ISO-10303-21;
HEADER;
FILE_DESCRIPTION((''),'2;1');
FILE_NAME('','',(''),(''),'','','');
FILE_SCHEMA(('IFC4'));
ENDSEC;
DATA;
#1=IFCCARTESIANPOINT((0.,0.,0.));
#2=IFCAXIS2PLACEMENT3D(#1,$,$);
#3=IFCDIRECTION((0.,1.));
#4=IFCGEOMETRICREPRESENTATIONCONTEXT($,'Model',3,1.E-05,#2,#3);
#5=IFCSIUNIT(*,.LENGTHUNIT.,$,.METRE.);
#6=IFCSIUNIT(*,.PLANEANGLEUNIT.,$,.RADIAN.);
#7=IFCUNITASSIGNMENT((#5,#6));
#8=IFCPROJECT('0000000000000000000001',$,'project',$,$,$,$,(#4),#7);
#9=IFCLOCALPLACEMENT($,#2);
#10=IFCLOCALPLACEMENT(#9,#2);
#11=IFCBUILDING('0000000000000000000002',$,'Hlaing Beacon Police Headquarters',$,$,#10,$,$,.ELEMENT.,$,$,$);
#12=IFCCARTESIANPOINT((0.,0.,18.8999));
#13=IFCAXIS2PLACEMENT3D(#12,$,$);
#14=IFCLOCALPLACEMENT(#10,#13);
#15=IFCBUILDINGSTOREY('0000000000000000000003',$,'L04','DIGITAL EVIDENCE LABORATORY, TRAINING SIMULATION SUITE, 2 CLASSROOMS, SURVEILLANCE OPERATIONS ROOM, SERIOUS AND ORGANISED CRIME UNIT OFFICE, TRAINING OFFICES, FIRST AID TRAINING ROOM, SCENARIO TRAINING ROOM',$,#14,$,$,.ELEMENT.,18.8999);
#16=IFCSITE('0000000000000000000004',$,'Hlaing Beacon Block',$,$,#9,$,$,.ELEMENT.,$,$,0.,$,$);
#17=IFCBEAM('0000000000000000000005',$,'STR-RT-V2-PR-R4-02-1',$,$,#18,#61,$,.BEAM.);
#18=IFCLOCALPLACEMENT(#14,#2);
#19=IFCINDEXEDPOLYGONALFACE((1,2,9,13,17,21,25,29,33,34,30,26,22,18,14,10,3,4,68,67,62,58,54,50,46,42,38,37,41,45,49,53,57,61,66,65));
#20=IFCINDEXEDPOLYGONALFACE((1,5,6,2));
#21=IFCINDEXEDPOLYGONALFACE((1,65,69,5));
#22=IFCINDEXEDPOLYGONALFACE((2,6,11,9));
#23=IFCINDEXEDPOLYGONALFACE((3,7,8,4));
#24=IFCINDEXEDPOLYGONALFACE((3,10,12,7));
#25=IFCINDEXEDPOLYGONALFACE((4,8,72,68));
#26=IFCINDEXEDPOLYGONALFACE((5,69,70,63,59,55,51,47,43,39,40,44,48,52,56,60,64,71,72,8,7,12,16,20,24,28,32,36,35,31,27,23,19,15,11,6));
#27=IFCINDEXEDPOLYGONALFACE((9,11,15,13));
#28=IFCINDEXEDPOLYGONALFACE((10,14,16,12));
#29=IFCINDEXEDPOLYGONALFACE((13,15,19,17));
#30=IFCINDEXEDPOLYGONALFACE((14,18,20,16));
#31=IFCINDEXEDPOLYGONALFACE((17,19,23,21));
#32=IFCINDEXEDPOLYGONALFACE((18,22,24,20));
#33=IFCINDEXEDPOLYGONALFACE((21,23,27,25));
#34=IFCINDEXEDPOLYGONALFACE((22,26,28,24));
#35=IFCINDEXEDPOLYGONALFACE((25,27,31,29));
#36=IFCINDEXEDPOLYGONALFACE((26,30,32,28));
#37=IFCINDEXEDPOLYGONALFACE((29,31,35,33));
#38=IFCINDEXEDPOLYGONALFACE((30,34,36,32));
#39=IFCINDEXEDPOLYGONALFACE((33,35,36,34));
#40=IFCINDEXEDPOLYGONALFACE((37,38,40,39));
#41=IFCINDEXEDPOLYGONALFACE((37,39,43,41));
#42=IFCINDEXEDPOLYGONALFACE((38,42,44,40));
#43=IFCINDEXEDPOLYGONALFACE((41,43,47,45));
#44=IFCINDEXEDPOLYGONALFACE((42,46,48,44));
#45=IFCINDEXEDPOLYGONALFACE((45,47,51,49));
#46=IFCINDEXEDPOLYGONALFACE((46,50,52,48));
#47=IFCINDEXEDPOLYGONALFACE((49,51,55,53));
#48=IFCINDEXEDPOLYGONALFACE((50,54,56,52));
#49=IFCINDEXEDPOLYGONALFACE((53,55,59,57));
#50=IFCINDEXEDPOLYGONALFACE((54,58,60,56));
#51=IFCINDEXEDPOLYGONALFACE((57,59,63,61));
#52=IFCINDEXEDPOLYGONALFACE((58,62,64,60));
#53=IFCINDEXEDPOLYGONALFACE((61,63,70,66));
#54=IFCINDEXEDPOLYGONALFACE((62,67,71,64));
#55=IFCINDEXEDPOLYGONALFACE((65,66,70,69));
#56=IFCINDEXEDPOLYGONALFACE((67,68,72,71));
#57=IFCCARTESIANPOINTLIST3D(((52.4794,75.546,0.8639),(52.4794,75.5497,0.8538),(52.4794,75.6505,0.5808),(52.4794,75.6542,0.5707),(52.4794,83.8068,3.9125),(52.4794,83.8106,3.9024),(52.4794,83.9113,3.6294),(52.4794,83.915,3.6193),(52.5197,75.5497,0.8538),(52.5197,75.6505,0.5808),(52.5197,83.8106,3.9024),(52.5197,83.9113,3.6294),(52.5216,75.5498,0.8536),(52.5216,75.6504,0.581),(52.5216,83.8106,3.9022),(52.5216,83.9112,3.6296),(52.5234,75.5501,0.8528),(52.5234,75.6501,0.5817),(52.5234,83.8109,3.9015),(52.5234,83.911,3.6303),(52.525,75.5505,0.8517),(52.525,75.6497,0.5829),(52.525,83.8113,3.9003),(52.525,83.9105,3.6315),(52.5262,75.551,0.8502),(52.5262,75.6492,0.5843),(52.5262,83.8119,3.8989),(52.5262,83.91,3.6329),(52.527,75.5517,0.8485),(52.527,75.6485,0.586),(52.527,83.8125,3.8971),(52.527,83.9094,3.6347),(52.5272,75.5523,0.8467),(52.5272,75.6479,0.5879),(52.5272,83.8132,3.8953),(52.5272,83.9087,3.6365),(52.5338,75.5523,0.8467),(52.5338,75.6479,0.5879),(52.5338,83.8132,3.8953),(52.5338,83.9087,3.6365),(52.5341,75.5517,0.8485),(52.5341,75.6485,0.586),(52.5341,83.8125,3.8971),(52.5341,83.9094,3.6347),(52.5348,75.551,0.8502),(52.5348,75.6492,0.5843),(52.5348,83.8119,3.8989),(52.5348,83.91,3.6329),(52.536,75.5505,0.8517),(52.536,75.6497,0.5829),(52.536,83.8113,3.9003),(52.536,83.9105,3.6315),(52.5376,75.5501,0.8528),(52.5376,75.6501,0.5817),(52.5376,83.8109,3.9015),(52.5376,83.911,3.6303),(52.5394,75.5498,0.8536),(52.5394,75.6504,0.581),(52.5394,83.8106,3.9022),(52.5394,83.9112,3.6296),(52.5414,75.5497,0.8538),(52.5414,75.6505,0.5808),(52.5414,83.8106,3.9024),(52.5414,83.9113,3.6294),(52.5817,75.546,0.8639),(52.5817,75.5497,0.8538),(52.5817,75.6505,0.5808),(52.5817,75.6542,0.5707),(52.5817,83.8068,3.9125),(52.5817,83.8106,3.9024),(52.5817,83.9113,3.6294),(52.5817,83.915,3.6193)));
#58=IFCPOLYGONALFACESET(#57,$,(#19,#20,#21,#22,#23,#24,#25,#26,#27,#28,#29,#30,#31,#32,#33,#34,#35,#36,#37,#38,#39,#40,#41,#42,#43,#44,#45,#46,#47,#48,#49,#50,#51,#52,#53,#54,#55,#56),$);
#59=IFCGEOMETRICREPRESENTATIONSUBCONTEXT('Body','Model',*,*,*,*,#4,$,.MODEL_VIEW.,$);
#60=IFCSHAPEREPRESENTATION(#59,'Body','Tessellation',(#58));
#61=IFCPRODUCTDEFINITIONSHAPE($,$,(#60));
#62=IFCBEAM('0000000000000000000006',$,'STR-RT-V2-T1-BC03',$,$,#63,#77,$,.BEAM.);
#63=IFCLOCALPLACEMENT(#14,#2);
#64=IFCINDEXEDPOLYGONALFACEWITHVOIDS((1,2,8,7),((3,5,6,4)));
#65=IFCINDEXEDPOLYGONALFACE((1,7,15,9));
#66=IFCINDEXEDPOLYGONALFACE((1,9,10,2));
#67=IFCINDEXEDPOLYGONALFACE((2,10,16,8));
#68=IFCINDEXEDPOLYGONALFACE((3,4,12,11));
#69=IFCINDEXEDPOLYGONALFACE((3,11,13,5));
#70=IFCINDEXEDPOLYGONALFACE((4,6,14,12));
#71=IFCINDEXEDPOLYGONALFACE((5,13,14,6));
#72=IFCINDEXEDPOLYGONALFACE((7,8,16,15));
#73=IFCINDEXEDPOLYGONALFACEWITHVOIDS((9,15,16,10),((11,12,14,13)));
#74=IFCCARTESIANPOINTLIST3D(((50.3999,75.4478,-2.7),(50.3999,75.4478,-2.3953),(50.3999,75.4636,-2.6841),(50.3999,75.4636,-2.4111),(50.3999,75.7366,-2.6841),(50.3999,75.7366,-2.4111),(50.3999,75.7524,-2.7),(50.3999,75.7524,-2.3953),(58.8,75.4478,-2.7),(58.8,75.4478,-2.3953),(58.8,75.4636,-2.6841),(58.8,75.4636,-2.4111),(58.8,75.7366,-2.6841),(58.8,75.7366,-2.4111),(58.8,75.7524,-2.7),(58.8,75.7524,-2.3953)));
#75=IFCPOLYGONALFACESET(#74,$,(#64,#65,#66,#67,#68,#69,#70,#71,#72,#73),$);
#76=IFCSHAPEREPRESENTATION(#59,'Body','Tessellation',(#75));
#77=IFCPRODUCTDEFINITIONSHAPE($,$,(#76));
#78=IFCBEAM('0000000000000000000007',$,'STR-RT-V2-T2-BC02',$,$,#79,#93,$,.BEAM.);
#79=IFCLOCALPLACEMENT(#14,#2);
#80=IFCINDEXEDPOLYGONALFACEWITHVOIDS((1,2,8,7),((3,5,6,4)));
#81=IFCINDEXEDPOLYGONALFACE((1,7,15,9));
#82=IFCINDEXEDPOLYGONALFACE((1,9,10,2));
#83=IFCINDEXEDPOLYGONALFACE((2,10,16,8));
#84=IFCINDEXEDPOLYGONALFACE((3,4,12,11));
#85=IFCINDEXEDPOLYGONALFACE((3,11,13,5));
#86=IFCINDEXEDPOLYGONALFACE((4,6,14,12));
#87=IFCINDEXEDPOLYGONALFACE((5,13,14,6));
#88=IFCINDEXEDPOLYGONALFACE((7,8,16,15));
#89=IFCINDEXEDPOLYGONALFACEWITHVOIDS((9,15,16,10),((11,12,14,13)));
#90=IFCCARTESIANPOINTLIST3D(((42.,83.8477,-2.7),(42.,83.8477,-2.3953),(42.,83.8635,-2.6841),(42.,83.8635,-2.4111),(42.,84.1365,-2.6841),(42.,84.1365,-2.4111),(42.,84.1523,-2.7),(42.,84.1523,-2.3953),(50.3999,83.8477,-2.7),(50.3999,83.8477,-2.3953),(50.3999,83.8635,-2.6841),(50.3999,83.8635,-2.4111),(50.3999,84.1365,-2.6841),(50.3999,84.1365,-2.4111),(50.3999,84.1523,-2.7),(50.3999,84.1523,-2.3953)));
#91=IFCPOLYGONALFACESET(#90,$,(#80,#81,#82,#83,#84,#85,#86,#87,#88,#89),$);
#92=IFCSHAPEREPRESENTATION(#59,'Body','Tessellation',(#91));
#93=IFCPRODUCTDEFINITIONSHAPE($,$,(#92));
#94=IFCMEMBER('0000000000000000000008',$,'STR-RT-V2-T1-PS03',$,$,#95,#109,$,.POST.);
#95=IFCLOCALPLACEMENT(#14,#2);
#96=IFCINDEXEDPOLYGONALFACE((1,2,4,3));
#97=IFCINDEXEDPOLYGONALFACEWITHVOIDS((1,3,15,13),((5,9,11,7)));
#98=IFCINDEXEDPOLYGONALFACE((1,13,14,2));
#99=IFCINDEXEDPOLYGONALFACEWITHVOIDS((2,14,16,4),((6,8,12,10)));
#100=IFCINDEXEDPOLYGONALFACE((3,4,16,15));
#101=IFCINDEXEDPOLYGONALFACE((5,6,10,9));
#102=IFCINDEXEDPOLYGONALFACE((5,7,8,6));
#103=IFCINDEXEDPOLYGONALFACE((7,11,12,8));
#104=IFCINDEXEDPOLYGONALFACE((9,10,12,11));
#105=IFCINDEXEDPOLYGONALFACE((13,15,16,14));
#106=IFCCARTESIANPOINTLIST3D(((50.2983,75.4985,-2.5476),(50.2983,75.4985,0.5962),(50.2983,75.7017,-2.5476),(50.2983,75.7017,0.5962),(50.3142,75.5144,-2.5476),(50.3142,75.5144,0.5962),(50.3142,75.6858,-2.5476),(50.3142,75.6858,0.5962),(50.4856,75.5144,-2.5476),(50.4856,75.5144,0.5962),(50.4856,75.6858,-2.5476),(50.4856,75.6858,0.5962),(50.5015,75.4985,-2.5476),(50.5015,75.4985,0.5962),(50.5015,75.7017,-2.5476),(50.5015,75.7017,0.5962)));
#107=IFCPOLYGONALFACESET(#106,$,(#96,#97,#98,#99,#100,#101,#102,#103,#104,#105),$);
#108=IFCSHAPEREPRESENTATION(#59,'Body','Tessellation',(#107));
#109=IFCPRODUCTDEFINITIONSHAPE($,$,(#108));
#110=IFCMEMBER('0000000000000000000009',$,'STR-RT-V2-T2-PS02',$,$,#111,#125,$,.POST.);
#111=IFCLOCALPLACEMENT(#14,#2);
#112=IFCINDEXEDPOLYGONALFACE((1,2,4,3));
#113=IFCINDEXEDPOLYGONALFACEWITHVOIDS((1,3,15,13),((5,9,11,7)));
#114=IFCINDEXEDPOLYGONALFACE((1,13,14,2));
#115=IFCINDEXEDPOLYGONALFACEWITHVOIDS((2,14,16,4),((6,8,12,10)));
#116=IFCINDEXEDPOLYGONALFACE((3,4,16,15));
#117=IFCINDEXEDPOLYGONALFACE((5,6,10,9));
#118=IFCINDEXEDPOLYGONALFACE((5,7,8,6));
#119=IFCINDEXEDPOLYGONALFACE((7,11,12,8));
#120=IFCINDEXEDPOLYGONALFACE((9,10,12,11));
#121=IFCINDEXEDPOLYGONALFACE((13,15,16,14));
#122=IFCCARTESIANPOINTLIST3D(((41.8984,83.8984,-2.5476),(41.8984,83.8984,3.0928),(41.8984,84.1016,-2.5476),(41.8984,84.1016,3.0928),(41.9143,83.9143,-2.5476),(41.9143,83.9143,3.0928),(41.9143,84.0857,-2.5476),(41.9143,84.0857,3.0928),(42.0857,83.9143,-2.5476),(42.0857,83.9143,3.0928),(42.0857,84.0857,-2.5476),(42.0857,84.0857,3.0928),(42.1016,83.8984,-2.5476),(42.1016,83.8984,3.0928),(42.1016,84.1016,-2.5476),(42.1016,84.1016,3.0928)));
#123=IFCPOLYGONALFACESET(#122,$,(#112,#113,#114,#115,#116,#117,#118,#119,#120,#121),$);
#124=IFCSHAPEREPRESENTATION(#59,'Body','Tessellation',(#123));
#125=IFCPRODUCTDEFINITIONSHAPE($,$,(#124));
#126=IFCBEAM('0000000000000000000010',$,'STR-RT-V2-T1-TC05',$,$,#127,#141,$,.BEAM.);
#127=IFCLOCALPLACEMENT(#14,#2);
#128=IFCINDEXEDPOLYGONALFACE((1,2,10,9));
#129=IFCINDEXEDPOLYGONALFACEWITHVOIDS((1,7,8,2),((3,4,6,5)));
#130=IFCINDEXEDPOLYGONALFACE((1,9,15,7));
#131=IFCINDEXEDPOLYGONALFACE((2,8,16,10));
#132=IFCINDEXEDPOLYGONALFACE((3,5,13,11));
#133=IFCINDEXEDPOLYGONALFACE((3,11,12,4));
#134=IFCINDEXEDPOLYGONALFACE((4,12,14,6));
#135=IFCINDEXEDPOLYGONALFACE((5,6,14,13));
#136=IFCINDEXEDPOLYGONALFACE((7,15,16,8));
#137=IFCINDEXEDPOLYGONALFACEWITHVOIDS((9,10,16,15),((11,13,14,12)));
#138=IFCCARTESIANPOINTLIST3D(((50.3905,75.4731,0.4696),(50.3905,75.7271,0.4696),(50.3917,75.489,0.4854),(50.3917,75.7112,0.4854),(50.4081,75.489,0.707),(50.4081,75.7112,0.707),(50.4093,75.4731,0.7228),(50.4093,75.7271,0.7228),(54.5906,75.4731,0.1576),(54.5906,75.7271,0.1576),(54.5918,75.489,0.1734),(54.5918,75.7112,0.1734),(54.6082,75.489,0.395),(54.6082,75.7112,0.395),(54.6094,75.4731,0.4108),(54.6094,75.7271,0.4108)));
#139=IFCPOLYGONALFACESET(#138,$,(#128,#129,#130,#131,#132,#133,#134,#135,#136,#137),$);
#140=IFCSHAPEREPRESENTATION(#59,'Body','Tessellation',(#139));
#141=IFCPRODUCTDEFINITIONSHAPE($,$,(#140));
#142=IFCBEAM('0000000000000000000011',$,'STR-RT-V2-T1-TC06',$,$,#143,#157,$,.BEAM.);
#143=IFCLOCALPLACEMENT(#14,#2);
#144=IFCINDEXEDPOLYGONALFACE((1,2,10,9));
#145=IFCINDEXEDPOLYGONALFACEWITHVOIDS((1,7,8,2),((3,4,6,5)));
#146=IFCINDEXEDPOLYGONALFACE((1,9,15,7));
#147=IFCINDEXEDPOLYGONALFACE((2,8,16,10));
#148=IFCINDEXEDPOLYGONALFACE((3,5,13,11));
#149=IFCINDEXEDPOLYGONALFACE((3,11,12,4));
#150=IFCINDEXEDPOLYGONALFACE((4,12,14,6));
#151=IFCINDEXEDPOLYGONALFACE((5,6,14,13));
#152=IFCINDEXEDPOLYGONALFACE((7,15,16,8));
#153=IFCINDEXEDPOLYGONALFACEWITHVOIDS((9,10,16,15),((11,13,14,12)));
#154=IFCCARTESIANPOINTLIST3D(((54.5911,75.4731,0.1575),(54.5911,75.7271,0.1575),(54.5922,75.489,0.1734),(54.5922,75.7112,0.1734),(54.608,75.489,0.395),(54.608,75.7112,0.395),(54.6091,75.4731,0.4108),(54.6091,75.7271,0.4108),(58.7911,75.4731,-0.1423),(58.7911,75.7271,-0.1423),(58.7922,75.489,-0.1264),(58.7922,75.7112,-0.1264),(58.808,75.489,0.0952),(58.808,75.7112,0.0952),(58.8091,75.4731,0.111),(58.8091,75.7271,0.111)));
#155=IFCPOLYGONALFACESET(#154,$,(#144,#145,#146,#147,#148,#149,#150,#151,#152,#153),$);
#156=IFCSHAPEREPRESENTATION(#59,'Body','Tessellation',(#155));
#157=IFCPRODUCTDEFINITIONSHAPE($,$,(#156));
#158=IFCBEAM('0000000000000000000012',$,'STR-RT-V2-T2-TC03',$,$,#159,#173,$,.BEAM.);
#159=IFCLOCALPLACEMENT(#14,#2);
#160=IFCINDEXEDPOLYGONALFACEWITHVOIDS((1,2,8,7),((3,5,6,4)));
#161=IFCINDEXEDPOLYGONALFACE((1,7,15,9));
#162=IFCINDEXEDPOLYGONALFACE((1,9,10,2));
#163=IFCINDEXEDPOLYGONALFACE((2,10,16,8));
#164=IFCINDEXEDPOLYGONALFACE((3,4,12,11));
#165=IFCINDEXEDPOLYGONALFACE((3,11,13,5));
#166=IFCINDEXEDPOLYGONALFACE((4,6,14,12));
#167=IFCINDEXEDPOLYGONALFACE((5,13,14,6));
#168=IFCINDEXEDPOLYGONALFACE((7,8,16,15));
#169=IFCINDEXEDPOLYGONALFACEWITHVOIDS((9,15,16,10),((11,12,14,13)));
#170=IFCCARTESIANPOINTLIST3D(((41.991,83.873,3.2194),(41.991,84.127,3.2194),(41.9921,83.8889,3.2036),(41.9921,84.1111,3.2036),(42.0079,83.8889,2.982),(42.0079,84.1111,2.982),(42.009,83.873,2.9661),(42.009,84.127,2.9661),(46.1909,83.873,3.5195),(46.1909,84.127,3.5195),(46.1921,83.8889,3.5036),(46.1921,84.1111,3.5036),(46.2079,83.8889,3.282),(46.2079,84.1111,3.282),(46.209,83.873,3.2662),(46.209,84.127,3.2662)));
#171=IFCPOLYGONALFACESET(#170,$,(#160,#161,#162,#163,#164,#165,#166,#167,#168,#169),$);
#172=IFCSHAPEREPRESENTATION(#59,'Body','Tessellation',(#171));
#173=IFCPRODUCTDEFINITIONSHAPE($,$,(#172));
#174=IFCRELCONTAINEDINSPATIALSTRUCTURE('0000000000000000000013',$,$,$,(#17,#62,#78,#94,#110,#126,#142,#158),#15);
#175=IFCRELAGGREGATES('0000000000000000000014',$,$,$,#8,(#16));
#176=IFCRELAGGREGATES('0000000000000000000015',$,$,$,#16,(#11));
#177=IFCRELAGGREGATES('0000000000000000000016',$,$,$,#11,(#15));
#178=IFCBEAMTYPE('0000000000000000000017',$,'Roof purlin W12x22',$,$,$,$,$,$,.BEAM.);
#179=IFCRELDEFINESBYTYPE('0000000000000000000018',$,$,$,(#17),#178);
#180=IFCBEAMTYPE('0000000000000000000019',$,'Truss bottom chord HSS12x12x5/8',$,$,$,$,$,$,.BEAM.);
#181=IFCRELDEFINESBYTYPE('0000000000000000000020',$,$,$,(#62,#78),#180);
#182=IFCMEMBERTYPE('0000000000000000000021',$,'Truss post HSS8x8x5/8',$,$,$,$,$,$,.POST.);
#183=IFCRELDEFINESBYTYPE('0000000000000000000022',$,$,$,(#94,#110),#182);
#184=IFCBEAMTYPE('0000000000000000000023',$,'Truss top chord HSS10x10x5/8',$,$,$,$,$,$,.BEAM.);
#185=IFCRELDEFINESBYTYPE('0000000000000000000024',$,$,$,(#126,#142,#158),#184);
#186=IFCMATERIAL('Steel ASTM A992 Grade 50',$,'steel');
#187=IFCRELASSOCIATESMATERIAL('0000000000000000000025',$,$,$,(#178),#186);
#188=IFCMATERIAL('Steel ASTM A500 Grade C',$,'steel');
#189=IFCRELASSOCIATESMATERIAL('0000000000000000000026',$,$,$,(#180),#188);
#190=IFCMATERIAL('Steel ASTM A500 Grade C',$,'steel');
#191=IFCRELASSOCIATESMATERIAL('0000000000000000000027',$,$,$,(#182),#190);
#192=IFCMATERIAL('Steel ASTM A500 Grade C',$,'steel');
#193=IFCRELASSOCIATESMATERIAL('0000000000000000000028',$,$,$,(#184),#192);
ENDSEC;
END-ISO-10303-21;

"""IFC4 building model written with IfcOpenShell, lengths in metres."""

from ifc_helpers import new_model, si_unit, direction, frame, origin, origin_2d, place, context, subcontext, project, spatial, hollow_rectangle, i_section, extrude, material, material_profile, profile_set, type_object, element, save


model = new_model("IFC4")

# Units and contexts
model_context = context("Model", 3, precision=1e-05, world=origin(), true_north=direction((0.0, 1.0)))
body_context = subcontext(model_context, "Body", "Model", "MODEL_VIEW")
ifc_project = project(units=[si_unit("LENGTHUNIT", "METRE"), si_unit("PLANEANGLEUNIT", "RADIAN")], contexts=[model_context])

# Site, building, storey
site_placement = place(None, origin())
site = spatial("IfcSite", under=ifc_project, at=site_placement, Name="Hlaing Beacon Block", CompositionType="ELEMENT", RefElevation=0.0)
building_placement = place(site_placement, origin())
building = spatial("IfcBuilding", under=site, at=building_placement, Name="Hlaing Beacon Police Headquarters", CompositionType="ELEMENT")
storey_placement = place(building_placement, frame((0.0, 0.0, 18.8999)))
storey = spatial("IfcBuildingStorey", under=building, at=storey_placement, Name="L04", Description="DIGITAL EVIDENCE LABORATORY, TRAINING SIMULATION SUITE, 2 CLASSROOMS, SURVEILLANCE OPERATIONS ROOM, SERIOUS AND ORGANISED CRIME UNIT OFFICE, TRAINING OFFICES, FIRST AID TRAINING ROOM, SCENARIO TRAINING ROOM", CompositionType="ELEMENT", Elevation=18.8999)

# Beams
ifc_material_1 = material(Name="Steel ASTM A992 Grade 50", Category="steel")
ifc_material_profile_1 = material_profile(ifc_material_1, i_section(OverallWidth=0.1023, OverallDepth=0.3125, WebThickness=0.0066, FlangeThickness=0.0107, FilletRadius=0.0076, at=origin_2d()), Name="W12x22")
ifc_profile_set_1 = profile_set([ifc_material_profile_1], Name="Steel ASTM A992 Grade 50")
beam_type_1 = type_object("IfcBeamType", Name="Roof purlin W12x22", PredefinedType="BEAM", material=ifc_profile_set_1)
for number, where, z_axis, x_axis, name in (
    (1, (52.5305, 75.6001, 0.7173), (0.0, 0.938153, 0.346221), (-1.0, 0.0, 0.0), "STR-RT-V2-PR-R4-02-1"),
):
    element("IfcBeam", number, at=place(storey_placement, frame(where, z_axis=z_axis, x_axis=x_axis)), inside=storey, type_object=beam_type_1, Name=name, PredefinedType="BEAM", context=body_context, shape_type="SweptSolid", body=[
        extrude(i_section(OverallWidth=0.1023, OverallDepth=0.3125, WebThickness=0.0066, FlangeThickness=0.0107, FilletRadius=0.0076, at=origin_2d()), origin(), (0.0, 0.0, 1.0), 8.8054),
    ])
ifc_material_2 = material(Name="Steel ASTM A500 Grade C", Category="steel")
ifc_material_profile_2 = material_profile(ifc_material_2, hollow_rectangle(XDim=0.3047, YDim=0.3047, WallThickness=0.0159, at=origin_2d()), Name="HSS12x12x5/8")
ifc_profile_set_2 = profile_set([ifc_material_profile_2], Name="Steel ASTM A500 Grade C")
beam_type_2 = type_object("IfcBeamType", Name="Truss bottom chord HSS12x12x5/8", PredefinedType="BEAM", material=ifc_profile_set_2)
beam_1_placement = place(storey_placement, frame((50.3999, 75.6001, -2.5476), z_axis=(1.0, 0.0, 0.0), x_axis=(0.0, 1.0, 0.0)))
element("IfcBeam", 2, at=beam_1_placement, inside=storey, type_object=beam_type_2, Name="STR-RT-V2-T1-BC03", PredefinedType="BEAM", context=body_context, shape_type="SweptSolid", body=[
    extrude(hollow_rectangle(XDim=0.3047, YDim=0.3047, WallThickness=0.0159, at=origin_2d()), origin(), (0.0, 0.0, 1.0), 8.4001),
])
beam_2_placement = place(storey_placement, frame((42.0, 84.0, -2.5476), z_axis=(1.0, 0.0, 0.0), x_axis=(0.0, 1.0, 0.0)))
element("IfcBeam", 3, at=beam_2_placement, inside=storey, type_object=beam_type_2, Name="STR-RT-V2-T2-BC02", PredefinedType="BEAM", context=body_context, shape_type="SweptSolid", body=[
    extrude(hollow_rectangle(XDim=0.3047, YDim=0.3047, WallThickness=0.0159, at=origin_2d()), origin(), (0.0, 0.0, 1.0), 8.3999),
])

# Members
ifc_material_3 = material(Name="Steel ASTM A500 Grade C", Category="steel")
ifc_material_profile_3 = material_profile(ifc_material_3, hollow_rectangle(XDim=0.2031, YDim=0.2031, WallThickness=0.0159, at=origin_2d()), Name="HSS8x8x5/8")
ifc_profile_set_3 = profile_set([ifc_material_profile_3], Name="Steel ASTM A500 Grade C")
member_type_1 = type_object("IfcMemberType", Name="Truss post HSS8x8x5/8", PredefinedType="POST", material=ifc_profile_set_3)
member_1_placement = place(storey_placement, frame((50.3999, 75.6001, -2.5476), z_axis=(0.0, 0.0, 1.0), x_axis=(1.0, 0.0, 0.0)))
element("IfcMember", 4, at=member_1_placement, inside=storey, type_object=member_type_1, Name="STR-RT-V2-T1-PS03", PredefinedType="POST", context=body_context, shape_type="SweptSolid", body=[
    extrude(hollow_rectangle(XDim=0.2031, YDim=0.2031, WallThickness=0.0159, at=origin_2d()), origin(), (0.0, 0.0, 1.0), 3.1438),
])
member_2_placement = place(storey_placement, frame((42.0, 84.0, -2.5476), z_axis=(0.0, 0.0, 1.0), x_axis=(1.0, 0.0, 0.0)))
element("IfcMember", 5, at=member_2_placement, inside=storey, type_object=member_type_1, Name="STR-RT-V2-T2-PS02", PredefinedType="POST", context=body_context, shape_type="SweptSolid", body=[
    extrude(hollow_rectangle(XDim=0.2031, YDim=0.2031, WallThickness=0.0159, at=origin_2d()), origin(), (0.0, 0.0, 1.0), 5.6404),
])

# Beams
ifc_material_4 = material(Name="Steel ASTM A500 Grade C", Category="steel")
ifc_material_profile_4 = material_profile(ifc_material_4, hollow_rectangle(XDim=0.2539, YDim=0.2539, WallThickness=0.0159, at=origin_2d()), Name="HSS10x10x5/8")
ifc_profile_set_4 = profile_set([ifc_material_profile_4], Name="Steel ASTM A500 Grade C")
beam_type_3 = type_object("IfcBeamType", Name="Truss top chord HSS10x10x5/8", PredefinedType="BEAM", material=ifc_profile_set_4)
beam_3_placement = place(storey_placement, frame((50.3999, 75.6001, 0.5962), z_axis=(0.997252, 0.0, -0.074081), x_axis=(0.0, 1.0, 0.0)))
element("IfcBeam", 6, at=beam_3_placement, inside=storey, type_object=beam_type_3, Name="STR-RT-V2-T1-TC05", PredefinedType="BEAM", context=body_context, shape_type="SweptSolid", body=[
    extrude(hollow_rectangle(XDim=0.2539, YDim=0.2539, WallThickness=0.0159, at=origin_2d()), origin(), (0.0, 0.0, 1.0), 4.2117),
])
for number, where, z_axis, x_axis, name in (
    (7, (54.6001, 75.6001, 0.2842), (0.997462, 0.0, -0.071202), (0.0, 1.0, 0.0), "STR-RT-V2-T1-TC06"),
    (8, (42.0, 84.0, 3.0928), (0.997458, 0.0, 0.071259), (0.0, 1.0, 0.0), "STR-RT-V2-T2-TC03"),
):
    element("IfcBeam", number, at=place(storey_placement, frame(where, z_axis=z_axis, x_axis=x_axis)), inside=storey, type_object=beam_type_3, Name=name, PredefinedType="BEAM", context=body_context, shape_type="SweptSolid", body=[
        extrude(hollow_rectangle(XDim=0.2539, YDim=0.2539, WallThickness=0.0159, at=origin_2d()), origin(), (0.0, 0.0, 1.0), 4.2107),
    ])

save(model, "model.ifc")
